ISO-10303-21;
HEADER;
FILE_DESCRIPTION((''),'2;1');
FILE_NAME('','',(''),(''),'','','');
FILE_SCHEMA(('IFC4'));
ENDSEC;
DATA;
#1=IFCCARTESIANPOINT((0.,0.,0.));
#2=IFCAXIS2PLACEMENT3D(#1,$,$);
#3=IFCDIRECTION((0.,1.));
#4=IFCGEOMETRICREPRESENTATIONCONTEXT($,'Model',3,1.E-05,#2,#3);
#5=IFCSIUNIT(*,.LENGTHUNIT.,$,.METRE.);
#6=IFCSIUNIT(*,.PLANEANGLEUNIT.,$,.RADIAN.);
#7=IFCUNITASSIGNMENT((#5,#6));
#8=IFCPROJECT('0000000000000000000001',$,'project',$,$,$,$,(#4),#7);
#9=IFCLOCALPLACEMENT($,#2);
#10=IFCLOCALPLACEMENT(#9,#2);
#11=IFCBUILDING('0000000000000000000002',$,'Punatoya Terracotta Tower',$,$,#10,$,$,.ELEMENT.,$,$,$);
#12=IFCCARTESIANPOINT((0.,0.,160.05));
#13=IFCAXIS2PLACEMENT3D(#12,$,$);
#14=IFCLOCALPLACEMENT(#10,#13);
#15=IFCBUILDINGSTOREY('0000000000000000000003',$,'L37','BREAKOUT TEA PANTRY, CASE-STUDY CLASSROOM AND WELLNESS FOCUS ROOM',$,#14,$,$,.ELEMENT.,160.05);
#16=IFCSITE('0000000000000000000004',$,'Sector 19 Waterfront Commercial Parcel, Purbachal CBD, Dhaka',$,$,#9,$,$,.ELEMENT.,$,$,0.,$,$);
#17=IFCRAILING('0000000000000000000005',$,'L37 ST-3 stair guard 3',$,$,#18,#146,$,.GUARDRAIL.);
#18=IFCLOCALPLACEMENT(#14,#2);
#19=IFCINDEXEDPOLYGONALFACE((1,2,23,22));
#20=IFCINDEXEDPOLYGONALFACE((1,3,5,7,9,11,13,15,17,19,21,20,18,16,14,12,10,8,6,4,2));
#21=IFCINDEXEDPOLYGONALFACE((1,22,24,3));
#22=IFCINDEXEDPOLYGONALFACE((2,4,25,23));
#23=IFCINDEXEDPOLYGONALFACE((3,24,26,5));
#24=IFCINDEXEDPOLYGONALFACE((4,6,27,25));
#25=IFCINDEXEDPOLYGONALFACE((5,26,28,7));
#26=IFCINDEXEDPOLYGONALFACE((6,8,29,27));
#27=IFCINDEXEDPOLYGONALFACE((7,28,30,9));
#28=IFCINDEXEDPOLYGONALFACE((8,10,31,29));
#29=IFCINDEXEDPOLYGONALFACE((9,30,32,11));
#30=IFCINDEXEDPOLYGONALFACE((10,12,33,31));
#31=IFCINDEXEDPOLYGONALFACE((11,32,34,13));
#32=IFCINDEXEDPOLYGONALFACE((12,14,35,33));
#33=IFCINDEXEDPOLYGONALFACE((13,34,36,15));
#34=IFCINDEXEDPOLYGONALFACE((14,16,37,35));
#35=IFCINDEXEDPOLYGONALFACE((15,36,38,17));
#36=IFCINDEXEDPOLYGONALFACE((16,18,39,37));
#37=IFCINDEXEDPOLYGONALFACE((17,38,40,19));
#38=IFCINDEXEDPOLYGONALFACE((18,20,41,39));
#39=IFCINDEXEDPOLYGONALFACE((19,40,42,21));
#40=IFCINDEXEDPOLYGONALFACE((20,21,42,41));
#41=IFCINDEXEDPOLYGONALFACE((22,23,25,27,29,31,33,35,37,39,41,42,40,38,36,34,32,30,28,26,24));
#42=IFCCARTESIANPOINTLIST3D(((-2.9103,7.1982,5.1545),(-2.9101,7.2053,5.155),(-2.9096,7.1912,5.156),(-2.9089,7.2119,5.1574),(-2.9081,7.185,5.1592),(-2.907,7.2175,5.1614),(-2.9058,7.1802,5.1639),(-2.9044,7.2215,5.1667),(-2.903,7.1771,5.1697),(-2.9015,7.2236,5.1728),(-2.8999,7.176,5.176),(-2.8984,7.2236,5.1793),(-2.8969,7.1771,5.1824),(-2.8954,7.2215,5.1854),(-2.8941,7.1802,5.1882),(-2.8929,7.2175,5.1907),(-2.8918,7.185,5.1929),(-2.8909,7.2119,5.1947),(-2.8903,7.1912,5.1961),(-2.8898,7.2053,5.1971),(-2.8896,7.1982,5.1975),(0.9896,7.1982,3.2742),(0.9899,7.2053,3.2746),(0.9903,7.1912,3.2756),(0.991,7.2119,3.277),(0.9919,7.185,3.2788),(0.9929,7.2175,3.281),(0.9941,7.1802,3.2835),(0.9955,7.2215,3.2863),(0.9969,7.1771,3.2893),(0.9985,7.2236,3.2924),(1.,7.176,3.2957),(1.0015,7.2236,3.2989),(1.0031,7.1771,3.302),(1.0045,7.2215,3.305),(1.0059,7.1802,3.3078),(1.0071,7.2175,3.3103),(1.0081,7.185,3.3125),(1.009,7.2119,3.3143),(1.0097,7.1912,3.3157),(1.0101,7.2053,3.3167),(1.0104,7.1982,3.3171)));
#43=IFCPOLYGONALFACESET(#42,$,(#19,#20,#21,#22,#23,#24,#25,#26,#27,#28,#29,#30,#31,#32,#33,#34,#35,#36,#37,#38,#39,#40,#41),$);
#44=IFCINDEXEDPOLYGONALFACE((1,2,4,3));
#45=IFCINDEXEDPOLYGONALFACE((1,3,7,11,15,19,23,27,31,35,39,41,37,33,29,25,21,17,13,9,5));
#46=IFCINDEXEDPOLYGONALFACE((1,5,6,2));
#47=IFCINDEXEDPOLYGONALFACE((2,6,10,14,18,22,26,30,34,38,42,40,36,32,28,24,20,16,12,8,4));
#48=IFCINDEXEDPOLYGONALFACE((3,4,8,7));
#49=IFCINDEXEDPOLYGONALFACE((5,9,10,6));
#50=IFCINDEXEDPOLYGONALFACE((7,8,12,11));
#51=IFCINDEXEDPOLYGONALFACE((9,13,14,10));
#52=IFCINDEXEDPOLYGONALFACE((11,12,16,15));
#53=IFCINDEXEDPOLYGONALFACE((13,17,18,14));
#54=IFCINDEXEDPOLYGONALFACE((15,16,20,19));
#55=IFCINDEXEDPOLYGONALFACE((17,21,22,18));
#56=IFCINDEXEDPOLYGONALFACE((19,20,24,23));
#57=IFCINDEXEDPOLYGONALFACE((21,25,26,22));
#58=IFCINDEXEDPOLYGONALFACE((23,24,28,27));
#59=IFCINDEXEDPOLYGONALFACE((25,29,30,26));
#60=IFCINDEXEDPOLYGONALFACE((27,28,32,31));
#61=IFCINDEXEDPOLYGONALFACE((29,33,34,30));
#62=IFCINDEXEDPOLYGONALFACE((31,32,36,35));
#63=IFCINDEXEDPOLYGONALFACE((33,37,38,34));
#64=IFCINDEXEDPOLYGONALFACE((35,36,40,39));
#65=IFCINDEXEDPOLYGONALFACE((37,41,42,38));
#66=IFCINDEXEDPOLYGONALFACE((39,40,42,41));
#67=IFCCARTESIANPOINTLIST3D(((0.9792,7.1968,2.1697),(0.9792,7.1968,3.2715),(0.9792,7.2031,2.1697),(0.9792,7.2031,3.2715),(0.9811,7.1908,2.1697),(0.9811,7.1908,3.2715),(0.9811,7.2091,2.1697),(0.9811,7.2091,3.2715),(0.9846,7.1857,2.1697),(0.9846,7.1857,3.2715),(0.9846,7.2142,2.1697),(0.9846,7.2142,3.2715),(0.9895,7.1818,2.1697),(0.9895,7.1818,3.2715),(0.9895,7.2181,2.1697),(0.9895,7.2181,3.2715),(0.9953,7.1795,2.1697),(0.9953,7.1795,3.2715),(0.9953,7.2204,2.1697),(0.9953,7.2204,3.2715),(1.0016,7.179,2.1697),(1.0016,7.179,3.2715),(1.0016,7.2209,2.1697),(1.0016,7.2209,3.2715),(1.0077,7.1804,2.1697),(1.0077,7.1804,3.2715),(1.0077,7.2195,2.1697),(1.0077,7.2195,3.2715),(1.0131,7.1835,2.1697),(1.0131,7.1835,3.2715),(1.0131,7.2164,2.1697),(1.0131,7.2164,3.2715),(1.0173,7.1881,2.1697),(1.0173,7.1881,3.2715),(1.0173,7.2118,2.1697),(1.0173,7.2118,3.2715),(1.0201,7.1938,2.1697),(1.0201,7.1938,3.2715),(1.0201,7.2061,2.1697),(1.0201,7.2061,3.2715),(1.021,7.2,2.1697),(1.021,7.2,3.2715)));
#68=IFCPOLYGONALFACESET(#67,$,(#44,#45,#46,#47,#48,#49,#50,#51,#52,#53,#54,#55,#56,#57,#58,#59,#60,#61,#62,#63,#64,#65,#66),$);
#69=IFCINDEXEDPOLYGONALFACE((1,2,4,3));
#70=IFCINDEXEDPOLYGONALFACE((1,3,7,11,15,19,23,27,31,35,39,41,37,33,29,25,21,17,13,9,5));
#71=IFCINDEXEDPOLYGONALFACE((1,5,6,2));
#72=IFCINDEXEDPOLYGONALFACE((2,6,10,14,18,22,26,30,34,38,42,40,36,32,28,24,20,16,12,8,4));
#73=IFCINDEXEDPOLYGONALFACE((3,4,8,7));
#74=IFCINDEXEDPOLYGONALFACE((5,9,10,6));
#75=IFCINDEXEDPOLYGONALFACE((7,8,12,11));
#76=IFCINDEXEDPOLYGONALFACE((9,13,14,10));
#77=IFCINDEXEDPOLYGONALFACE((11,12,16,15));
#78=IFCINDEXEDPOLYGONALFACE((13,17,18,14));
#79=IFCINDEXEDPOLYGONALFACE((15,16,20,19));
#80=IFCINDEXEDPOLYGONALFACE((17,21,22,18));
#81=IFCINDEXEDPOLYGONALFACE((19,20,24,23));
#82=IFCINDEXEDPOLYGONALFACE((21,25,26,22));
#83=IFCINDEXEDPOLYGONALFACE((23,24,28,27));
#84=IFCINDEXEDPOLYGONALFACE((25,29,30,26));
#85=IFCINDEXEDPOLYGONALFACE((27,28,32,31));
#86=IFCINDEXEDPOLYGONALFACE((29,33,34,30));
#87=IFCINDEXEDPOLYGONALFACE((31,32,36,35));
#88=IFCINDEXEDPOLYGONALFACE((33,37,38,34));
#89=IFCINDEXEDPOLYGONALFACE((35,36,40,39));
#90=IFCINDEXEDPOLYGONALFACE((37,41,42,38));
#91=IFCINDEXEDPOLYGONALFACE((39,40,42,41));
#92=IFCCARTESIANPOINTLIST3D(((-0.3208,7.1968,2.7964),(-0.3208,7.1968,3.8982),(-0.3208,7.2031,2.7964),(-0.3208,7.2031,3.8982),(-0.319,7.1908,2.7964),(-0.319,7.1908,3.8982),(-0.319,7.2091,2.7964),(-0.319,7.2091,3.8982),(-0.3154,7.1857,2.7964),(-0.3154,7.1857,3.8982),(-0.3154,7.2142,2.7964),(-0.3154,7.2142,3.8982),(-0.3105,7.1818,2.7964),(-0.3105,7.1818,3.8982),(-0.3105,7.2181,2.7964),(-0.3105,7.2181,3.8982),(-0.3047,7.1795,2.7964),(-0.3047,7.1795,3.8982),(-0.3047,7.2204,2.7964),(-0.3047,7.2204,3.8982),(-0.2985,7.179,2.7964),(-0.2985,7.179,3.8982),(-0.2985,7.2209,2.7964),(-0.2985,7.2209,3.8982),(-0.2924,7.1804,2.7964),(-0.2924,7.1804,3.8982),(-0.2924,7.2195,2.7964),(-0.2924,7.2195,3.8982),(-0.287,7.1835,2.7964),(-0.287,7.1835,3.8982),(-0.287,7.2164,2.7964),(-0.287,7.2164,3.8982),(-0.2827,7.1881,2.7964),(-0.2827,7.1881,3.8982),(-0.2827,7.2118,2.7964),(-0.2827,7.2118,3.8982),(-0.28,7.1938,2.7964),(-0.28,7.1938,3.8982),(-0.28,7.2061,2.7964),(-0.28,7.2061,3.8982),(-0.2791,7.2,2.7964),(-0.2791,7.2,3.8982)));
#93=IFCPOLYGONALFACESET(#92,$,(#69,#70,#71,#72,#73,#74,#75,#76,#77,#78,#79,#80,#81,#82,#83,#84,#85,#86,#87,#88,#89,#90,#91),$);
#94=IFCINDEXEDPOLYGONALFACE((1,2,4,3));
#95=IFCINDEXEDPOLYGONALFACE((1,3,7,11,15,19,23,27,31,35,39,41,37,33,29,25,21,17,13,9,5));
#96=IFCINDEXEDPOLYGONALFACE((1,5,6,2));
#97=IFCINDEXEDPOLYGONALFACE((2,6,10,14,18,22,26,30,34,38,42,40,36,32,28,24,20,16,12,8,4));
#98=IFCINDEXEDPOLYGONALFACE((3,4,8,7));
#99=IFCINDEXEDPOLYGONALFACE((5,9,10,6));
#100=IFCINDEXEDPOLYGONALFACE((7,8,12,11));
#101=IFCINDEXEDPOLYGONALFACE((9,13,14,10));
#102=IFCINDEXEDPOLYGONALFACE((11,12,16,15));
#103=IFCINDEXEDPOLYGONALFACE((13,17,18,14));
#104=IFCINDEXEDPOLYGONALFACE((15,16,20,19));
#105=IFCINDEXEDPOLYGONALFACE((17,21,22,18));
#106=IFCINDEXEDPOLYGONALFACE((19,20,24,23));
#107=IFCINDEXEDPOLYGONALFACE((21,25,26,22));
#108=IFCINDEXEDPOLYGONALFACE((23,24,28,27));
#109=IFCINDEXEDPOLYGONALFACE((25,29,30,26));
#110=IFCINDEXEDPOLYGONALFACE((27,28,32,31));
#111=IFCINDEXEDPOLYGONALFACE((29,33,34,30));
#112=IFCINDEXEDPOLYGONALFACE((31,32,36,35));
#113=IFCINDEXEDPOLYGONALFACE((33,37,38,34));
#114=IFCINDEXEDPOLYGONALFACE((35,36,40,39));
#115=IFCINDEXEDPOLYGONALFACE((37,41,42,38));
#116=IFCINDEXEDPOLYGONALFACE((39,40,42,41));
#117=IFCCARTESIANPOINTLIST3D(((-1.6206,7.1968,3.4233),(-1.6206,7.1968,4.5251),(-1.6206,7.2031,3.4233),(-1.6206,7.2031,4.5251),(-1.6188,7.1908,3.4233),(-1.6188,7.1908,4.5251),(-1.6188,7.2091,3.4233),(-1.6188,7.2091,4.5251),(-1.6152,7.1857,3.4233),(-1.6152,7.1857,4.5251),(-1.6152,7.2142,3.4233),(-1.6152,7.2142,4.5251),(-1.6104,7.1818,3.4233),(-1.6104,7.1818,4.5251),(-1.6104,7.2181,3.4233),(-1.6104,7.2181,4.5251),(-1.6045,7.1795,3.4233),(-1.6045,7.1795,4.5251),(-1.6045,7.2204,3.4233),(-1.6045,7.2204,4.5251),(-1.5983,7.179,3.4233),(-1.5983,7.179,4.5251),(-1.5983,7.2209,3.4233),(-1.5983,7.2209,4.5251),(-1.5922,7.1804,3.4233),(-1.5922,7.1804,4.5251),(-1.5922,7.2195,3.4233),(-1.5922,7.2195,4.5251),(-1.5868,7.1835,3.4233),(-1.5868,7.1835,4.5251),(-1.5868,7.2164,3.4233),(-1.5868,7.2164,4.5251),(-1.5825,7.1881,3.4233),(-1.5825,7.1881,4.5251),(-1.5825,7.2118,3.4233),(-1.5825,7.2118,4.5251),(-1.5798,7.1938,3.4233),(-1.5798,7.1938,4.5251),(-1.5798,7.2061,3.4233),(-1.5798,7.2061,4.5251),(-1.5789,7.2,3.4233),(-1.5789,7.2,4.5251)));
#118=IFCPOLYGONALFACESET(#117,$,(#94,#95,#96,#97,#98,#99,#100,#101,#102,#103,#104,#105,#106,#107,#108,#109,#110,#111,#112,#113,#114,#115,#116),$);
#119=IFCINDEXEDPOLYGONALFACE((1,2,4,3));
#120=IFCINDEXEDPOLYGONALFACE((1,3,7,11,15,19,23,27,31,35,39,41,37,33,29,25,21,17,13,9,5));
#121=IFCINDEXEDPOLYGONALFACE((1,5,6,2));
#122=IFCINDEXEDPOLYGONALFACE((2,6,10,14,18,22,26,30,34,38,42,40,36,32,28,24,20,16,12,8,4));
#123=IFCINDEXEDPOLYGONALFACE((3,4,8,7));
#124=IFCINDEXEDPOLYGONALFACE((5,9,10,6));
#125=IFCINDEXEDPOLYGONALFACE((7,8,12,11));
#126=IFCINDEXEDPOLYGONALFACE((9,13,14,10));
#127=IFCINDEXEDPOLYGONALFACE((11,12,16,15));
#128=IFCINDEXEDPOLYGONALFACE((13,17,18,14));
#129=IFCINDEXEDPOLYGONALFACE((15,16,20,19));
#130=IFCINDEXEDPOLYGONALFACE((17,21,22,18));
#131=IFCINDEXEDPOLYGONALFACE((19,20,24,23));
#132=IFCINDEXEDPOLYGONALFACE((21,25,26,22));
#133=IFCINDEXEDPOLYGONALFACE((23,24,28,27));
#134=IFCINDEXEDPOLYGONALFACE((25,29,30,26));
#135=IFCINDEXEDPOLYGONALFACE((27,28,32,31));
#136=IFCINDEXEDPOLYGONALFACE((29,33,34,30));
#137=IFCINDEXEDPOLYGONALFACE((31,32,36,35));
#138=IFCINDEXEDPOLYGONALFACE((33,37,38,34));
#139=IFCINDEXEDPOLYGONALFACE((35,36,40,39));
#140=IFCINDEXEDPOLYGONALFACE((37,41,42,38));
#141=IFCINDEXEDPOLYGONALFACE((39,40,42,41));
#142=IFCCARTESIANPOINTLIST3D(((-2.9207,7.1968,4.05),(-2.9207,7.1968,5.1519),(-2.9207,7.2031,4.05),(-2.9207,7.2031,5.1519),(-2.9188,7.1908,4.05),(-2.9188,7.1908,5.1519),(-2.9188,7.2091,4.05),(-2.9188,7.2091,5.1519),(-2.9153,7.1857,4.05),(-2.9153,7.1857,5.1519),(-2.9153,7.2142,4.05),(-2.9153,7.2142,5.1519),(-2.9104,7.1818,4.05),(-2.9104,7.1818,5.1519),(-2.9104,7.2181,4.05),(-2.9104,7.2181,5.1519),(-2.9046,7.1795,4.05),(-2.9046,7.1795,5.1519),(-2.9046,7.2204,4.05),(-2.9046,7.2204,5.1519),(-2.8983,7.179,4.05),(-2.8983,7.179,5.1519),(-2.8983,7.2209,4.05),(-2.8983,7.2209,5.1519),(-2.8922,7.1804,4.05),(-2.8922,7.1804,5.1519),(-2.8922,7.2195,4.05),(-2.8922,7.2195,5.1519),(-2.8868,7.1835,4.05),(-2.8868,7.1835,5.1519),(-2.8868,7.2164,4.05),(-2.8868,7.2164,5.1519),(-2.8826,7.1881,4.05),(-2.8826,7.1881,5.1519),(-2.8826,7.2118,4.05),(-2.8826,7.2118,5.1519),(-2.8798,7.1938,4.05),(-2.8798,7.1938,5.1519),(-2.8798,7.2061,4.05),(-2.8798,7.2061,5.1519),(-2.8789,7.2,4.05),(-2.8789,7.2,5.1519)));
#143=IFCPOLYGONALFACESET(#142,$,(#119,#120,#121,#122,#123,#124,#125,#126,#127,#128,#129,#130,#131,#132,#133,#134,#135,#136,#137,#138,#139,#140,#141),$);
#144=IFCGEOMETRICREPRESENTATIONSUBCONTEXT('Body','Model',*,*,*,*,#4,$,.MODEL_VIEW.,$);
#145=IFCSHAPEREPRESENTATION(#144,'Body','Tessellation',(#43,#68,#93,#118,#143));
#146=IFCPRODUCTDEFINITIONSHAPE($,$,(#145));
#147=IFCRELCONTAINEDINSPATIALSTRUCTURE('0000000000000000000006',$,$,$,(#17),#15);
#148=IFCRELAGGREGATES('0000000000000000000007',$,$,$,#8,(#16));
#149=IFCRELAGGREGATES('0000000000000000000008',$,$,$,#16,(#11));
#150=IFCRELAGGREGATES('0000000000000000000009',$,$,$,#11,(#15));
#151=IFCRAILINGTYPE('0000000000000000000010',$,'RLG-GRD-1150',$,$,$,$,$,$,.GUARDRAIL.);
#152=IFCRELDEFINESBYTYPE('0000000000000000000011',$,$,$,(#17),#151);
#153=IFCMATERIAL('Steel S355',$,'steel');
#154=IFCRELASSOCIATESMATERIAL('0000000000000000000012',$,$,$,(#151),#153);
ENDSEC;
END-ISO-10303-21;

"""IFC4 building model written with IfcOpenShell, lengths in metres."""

from ifc_helpers import new_model, si_unit, direction, frame, origin, origin_2d, place, context, subcontext, project, spatial, circle, extrude, material, type_object, element, save


model = new_model("IFC4")

# Units and contexts
model_context = context("Model", 3, precision=1e-05, world=origin(), true_north=direction((0.0, 1.0)))
body_context = subcontext(model_context, "Body", "Model", "MODEL_VIEW")
ifc_project = project(units=[si_unit("LENGTHUNIT", "METRE"), si_unit("PLANEANGLEUNIT", "RADIAN")], contexts=[model_context])

# Site, building, storey
site_placement = place(None, origin())
site = spatial("IfcSite", under=ifc_project, at=site_placement, Name="Sector 19 Waterfront Commercial Parcel, Purbachal CBD, Dhaka", CompositionType="ELEMENT", RefElevation=0.0)
building_placement = place(site_placement, origin())
building = spatial("IfcBuilding", under=site, at=building_placement, Name="Punatoya Terracotta Tower", CompositionType="ELEMENT")
storey_placement = place(building_placement, frame((0.0, 0.0, 160.05)))
storey = spatial("IfcBuildingStorey", under=building, at=storey_placement, Name="L37", Description="BREAKOUT TEA PANTRY, CASE-STUDY CLASSROOM AND WELLNESS FOCUS ROOM", CompositionType="ELEMENT", Elevation=160.05)

# Shared definitions
ifc_material_1 = material(Name="Steel S355", Category="steel")

# Railing
railing_type_1 = type_object("IfcRailingType", Name="RLG-GRD-1150", PredefinedType="GUARDRAIL", material=ifc_material_1)
railing_1_placement = place(storey_placement, frame((1.0, 7.2, 2.1697)))
element("IfcRailing", 1, at=railing_1_placement, inside=storey, type_object=railing_type_1, Name="L37 ST-3 stair guard 3", PredefinedType="GUARDRAIL", context=body_context, shape_type="SweptSolid", body=[
    extrude(circle(Radius=0.0239, at=origin_2d()), frame((0.0, 0.0, 1.126), z_axis=(-0.900763, 0.0, 0.434311), x_axis=(0.0, -1.0, 0.0)), (0.0, 0.0, 1.0), 4.3296),
    extrude(circle(Radius=0.021, at=origin_2d()), origin(), (0.0, 0.0, 1.0), 1.1018),
    extrude(circle(Radius=0.021, at=origin_2d()), frame((-1.3, 0.0, 0.6267)), (0.0, 0.0, 1.0), 1.1018),
    extrude(circle(Radius=0.021, at=origin_2d()), frame((-2.5999, 0.0, 1.2537)), (0.0, 0.0, 1.0), 1.1018),
    extrude(circle(Radius=0.021, at=origin_2d()), frame((-3.8999, 0.0, 1.8804)), (0.0, 0.0, 1.0), 1.1018),
])

save(model, "model.ifc")
